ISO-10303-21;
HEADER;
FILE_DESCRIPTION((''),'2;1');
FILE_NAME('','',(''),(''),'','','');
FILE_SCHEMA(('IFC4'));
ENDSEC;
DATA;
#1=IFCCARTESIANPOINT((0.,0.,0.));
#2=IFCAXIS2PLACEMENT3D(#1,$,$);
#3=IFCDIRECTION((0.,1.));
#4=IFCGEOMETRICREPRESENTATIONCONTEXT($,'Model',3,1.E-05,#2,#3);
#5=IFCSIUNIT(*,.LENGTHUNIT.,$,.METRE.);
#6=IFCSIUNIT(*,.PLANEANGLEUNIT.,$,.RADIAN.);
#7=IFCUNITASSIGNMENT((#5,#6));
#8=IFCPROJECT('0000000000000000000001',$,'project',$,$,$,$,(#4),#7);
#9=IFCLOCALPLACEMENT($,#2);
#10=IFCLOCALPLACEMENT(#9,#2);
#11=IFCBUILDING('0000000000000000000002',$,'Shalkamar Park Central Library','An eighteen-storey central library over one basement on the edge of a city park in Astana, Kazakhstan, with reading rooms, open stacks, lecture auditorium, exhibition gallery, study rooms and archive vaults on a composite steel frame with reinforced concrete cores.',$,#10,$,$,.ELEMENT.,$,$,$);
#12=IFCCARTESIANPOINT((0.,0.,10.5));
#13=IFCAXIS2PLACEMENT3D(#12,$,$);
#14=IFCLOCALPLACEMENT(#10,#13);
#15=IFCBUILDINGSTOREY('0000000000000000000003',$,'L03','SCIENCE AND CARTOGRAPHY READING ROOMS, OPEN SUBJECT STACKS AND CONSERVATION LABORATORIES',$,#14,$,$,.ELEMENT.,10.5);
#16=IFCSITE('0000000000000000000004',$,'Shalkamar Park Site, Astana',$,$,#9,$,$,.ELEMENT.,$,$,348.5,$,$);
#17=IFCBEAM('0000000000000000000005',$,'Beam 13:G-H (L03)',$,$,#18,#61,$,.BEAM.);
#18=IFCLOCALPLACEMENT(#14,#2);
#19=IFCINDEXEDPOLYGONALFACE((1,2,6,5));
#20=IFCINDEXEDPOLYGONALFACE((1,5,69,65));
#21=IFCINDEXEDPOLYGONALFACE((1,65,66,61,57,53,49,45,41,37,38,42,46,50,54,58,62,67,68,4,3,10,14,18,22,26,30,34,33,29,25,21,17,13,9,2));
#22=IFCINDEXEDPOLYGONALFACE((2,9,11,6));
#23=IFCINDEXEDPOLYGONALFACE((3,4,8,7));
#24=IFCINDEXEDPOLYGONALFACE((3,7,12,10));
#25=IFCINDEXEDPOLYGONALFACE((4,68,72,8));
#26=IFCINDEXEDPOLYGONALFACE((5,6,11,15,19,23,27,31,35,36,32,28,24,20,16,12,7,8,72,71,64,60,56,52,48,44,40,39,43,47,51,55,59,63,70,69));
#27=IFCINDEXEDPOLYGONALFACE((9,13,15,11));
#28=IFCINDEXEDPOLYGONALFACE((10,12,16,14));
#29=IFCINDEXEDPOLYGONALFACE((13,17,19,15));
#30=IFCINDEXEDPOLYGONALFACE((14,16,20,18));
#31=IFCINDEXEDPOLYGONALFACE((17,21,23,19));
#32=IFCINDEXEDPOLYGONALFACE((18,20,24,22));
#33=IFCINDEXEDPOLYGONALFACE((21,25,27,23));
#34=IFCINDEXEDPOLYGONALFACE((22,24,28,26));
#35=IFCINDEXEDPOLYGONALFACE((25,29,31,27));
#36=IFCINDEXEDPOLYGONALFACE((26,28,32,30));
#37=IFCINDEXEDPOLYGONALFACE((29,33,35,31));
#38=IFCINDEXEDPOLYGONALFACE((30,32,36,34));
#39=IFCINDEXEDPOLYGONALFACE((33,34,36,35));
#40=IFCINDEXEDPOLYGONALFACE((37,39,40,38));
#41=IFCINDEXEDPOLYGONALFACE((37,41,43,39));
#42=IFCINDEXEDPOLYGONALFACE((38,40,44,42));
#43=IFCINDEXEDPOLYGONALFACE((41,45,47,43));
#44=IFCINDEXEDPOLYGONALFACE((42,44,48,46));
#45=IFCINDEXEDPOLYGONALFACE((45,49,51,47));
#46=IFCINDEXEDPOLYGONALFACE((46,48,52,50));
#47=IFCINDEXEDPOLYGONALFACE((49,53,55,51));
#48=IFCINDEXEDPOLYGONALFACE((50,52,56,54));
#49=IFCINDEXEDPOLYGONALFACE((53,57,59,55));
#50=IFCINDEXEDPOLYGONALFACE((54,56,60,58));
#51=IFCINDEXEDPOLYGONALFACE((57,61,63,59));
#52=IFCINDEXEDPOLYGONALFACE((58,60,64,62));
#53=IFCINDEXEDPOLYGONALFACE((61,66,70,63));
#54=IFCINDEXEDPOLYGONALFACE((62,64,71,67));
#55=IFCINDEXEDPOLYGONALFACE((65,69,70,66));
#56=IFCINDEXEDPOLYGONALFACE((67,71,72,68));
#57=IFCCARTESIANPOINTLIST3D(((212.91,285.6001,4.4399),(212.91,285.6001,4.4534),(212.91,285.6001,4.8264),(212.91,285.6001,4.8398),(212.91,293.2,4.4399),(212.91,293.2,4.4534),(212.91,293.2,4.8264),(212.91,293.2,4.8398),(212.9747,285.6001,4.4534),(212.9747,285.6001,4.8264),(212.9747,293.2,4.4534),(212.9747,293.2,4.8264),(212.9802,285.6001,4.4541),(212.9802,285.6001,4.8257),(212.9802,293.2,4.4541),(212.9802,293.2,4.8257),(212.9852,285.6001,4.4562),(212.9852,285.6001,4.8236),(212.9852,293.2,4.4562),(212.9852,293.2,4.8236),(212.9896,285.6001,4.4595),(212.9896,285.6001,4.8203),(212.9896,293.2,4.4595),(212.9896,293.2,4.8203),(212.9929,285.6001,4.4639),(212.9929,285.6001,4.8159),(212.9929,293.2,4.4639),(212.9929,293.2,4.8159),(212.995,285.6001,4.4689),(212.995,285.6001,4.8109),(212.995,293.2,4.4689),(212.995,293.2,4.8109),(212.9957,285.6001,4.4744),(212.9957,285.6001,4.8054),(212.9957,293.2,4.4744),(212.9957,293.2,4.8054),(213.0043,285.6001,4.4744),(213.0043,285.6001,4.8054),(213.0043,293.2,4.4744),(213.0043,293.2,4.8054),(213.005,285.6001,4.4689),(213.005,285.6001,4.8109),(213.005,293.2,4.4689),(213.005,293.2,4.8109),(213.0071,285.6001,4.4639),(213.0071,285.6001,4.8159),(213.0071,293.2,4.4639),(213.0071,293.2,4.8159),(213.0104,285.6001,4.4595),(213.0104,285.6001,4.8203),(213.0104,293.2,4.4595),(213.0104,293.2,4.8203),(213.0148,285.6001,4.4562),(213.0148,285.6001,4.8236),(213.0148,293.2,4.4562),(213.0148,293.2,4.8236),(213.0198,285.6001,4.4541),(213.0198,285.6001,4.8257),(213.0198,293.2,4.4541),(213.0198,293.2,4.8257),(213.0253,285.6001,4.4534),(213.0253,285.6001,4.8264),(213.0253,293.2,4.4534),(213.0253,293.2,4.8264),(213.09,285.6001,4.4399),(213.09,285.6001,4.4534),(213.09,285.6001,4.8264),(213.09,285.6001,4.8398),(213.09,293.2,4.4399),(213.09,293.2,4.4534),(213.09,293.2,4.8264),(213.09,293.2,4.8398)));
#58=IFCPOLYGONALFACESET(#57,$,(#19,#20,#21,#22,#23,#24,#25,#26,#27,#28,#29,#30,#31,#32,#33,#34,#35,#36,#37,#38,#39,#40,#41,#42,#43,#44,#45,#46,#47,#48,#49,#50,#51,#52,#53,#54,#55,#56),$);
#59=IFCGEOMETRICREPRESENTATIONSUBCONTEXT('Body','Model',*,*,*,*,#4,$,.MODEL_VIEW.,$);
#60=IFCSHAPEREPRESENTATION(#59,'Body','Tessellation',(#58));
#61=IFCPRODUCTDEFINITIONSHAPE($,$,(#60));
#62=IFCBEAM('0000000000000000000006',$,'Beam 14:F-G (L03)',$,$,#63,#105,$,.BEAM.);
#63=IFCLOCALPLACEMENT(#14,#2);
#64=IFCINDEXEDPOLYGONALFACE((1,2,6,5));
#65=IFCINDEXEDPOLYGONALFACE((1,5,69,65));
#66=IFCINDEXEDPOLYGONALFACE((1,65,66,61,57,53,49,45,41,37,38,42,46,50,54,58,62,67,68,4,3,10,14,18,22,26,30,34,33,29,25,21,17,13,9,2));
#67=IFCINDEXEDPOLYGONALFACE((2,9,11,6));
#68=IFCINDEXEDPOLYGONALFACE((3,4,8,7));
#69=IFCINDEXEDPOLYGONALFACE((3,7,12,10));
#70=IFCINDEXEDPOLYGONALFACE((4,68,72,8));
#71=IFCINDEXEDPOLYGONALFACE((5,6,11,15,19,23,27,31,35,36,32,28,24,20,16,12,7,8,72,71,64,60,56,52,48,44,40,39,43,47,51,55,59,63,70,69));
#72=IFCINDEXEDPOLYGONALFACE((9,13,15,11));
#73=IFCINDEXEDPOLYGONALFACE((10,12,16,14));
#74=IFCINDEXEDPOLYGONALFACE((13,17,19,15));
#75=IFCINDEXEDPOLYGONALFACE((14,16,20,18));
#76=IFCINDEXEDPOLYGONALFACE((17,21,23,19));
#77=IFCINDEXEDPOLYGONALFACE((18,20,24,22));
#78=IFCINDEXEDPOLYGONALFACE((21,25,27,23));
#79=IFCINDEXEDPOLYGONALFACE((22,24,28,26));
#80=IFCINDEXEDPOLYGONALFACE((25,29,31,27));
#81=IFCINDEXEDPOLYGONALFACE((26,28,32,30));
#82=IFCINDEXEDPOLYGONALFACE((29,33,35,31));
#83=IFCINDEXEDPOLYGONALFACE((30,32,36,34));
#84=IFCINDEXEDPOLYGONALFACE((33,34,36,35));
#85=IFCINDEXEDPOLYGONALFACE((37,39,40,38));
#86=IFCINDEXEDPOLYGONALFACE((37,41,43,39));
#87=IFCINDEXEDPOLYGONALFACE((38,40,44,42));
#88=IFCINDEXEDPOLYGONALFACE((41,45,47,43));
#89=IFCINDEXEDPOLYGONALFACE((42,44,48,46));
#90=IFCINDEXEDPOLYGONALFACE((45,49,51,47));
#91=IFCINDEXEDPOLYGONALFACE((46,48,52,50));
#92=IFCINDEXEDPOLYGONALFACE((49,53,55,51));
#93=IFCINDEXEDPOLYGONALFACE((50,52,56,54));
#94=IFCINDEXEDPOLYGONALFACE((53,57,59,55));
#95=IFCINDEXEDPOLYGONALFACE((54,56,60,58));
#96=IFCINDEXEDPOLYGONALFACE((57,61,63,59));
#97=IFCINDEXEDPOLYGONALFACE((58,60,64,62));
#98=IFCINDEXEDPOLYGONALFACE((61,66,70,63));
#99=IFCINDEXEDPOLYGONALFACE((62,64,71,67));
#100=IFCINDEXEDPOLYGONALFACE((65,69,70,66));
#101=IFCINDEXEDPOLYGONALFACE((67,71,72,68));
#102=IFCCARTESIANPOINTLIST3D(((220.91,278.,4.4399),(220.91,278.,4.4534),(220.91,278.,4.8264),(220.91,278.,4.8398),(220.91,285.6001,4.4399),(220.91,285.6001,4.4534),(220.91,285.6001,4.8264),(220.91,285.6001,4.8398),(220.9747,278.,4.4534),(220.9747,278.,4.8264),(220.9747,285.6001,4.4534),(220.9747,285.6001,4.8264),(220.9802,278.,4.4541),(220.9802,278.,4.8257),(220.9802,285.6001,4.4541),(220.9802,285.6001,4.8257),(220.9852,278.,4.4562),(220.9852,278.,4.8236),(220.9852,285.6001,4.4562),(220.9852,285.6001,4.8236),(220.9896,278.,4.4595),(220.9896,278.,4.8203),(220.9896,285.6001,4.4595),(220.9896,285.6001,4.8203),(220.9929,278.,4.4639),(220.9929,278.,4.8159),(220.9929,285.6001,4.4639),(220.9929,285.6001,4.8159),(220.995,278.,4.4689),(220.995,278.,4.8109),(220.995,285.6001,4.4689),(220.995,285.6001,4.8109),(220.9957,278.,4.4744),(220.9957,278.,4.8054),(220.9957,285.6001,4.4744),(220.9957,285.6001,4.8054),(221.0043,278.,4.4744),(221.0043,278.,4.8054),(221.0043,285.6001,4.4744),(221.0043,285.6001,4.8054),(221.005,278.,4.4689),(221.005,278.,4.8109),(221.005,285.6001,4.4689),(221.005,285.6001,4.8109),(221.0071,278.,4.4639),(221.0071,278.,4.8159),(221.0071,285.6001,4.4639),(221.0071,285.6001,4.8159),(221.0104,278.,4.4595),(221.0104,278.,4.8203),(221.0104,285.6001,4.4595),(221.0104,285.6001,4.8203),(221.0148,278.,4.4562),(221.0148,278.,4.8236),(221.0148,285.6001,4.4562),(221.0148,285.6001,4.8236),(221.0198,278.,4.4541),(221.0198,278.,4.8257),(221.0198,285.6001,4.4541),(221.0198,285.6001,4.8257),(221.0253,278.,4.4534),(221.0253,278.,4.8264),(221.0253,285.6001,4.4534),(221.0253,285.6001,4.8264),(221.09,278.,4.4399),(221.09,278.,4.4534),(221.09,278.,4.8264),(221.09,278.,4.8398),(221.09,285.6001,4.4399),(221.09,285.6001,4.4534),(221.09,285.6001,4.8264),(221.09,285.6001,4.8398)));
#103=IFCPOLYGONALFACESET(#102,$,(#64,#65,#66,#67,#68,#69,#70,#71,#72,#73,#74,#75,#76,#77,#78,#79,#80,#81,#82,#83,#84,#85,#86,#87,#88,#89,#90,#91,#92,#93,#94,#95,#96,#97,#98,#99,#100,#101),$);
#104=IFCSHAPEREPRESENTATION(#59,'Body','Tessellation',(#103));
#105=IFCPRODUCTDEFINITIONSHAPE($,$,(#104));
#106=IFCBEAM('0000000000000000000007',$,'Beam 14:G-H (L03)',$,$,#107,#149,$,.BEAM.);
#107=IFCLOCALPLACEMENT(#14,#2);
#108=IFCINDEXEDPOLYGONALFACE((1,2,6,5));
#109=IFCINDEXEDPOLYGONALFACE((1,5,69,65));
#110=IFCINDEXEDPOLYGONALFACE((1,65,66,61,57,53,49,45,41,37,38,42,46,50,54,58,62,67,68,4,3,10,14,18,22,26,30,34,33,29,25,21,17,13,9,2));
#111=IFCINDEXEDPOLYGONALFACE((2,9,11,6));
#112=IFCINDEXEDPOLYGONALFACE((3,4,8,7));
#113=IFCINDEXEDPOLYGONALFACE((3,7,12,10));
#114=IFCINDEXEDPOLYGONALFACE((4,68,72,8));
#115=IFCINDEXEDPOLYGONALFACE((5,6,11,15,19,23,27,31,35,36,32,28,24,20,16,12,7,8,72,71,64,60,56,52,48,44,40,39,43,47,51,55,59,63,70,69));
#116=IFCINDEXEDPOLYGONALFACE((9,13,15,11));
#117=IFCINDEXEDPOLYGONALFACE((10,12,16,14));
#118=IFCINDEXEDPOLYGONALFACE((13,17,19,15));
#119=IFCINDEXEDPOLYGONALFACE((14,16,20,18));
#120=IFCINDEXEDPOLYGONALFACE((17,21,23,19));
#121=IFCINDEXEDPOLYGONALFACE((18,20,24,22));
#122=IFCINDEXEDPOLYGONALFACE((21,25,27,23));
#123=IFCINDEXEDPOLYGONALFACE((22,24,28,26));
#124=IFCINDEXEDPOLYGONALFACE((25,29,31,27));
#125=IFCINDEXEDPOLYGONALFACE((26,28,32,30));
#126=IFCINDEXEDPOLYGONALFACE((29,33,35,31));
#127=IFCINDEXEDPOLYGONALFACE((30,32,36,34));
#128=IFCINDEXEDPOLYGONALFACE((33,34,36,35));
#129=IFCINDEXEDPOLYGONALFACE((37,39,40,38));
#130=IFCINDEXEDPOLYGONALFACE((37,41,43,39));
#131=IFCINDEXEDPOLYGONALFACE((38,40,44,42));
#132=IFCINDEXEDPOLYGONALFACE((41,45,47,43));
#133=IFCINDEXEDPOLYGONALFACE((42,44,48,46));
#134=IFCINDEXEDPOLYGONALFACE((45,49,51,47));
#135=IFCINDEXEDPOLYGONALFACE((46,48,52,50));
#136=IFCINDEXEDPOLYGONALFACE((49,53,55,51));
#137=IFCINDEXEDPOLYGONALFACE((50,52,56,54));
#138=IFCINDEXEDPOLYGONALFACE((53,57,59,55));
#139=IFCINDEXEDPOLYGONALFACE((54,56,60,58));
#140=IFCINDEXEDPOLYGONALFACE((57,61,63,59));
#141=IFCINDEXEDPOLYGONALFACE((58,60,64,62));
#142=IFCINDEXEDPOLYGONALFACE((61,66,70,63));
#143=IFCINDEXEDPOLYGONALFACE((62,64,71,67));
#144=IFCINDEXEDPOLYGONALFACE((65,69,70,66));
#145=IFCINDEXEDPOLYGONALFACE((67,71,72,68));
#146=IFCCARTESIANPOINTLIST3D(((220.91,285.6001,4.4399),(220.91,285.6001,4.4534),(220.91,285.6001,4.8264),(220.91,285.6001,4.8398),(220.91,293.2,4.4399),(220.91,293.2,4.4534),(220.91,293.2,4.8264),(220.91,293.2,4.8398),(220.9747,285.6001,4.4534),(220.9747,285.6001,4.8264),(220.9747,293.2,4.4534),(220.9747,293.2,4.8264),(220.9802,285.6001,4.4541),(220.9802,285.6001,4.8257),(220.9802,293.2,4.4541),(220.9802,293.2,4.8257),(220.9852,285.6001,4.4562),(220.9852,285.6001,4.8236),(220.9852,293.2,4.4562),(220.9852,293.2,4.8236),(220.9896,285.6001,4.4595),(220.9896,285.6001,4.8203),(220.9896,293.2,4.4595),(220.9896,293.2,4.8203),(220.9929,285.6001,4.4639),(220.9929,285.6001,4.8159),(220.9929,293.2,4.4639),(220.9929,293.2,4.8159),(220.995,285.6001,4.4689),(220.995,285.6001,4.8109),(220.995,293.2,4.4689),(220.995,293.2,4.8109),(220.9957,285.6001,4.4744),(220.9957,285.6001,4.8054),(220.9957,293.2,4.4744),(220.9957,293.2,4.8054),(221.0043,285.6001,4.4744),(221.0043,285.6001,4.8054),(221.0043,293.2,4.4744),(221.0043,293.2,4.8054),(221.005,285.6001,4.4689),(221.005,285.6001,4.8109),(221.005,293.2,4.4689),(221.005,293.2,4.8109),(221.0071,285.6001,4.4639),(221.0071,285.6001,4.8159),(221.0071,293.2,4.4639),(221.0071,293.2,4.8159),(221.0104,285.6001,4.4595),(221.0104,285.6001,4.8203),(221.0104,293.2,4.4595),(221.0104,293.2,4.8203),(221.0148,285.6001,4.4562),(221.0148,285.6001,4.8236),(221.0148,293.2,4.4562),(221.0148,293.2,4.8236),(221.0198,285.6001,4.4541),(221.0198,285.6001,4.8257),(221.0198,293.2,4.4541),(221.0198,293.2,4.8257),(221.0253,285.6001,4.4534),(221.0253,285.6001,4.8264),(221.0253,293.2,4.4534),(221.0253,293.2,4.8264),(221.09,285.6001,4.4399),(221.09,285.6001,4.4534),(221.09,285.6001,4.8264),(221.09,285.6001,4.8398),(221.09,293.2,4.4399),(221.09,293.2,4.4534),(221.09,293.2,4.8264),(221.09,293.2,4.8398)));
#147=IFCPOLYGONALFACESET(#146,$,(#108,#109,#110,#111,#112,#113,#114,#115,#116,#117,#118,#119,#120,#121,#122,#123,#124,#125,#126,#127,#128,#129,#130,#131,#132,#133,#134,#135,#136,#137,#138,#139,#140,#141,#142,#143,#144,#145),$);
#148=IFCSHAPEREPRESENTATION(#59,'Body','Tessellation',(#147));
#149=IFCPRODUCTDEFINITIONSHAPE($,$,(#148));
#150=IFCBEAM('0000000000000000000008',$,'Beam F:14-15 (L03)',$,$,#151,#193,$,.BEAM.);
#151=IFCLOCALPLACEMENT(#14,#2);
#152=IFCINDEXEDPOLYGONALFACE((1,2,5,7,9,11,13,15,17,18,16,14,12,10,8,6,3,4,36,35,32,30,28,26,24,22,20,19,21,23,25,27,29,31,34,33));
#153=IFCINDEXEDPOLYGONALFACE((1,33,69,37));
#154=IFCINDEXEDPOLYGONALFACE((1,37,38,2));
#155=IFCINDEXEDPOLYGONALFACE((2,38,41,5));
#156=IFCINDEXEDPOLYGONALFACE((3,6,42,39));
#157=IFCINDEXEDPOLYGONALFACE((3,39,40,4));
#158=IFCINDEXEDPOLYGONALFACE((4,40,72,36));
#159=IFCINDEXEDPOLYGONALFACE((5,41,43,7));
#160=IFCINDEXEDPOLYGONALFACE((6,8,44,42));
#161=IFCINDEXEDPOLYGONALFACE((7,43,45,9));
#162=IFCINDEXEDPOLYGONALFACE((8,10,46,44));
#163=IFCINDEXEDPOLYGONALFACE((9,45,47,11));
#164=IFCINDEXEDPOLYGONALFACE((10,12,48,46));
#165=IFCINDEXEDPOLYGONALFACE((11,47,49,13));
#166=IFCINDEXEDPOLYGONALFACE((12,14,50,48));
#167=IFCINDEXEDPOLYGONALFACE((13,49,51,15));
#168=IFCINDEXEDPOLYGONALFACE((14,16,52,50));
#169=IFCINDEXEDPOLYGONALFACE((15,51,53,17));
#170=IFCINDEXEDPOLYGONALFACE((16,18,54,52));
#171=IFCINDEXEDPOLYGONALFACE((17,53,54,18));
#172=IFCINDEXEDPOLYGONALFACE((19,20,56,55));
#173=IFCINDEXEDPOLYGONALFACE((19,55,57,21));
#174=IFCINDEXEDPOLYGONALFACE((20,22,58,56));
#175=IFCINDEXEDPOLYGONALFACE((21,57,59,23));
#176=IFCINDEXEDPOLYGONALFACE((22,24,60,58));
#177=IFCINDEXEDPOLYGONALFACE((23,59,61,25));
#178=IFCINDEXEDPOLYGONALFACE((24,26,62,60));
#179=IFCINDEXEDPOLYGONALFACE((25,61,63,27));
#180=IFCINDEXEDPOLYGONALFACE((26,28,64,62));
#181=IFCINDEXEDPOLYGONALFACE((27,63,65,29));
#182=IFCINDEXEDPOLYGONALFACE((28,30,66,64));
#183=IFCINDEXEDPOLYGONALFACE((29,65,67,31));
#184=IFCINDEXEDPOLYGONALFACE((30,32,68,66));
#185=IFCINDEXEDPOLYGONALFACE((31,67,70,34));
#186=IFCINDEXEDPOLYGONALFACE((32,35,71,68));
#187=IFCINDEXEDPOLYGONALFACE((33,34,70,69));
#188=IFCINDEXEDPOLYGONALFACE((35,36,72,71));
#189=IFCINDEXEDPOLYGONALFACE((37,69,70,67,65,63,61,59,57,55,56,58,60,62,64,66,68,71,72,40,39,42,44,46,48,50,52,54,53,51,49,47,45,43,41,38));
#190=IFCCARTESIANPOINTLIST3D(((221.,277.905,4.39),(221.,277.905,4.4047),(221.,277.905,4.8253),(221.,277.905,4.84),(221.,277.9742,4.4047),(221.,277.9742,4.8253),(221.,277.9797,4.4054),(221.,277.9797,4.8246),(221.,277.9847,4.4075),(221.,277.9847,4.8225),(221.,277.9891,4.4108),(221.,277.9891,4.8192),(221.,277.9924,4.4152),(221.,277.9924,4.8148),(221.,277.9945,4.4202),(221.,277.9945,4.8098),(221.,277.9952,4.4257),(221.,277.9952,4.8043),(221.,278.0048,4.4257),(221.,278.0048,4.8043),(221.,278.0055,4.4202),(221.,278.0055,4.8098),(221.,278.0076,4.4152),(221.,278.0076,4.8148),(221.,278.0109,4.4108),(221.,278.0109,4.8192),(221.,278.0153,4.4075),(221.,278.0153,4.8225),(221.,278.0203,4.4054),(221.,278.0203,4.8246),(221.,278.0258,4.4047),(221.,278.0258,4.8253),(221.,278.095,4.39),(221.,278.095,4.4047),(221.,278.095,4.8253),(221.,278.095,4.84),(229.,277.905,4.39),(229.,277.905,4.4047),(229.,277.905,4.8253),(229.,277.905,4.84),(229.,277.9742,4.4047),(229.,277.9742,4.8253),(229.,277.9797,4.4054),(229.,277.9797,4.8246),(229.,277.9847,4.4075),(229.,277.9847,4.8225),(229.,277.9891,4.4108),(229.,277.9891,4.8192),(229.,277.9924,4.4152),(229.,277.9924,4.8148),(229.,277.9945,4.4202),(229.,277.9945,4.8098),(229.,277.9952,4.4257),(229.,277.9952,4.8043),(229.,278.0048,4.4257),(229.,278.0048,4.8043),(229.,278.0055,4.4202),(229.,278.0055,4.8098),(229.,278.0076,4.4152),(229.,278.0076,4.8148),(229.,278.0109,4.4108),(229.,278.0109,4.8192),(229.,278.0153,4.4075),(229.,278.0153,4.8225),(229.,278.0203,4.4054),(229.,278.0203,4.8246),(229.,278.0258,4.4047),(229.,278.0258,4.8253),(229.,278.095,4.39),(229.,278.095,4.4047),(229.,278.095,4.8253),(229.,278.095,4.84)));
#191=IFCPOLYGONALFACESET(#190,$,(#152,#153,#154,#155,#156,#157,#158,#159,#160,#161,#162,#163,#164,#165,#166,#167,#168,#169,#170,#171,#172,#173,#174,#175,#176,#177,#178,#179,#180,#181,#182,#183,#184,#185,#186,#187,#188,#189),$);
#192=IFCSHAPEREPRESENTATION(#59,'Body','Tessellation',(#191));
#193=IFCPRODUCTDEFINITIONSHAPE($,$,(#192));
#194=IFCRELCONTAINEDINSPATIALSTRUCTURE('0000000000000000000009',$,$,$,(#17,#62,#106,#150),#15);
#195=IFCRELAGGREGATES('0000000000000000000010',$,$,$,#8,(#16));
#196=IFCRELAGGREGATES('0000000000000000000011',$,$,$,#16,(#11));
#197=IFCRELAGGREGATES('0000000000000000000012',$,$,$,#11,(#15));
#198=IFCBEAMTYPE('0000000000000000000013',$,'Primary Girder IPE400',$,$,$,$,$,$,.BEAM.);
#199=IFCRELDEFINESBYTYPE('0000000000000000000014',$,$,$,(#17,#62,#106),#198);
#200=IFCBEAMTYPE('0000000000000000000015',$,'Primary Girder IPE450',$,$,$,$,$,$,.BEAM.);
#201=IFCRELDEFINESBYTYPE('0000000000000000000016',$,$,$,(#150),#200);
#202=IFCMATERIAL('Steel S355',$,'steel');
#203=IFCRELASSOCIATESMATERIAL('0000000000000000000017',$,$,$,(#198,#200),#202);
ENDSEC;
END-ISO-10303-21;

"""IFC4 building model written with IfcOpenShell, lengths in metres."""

from ifc_helpers import new_model, si_unit, direction, frame, origin, origin_2d, place, context, subcontext, project, spatial, i_section, extrude, material, material_profile, profile_set, type_object, element, save


model = new_model("IFC4")

# Units and contexts
model_context = context("Model", 3, precision=1e-05, world=origin(), true_north=direction((0.0, 1.0)))
body_context = subcontext(model_context, "Body", "Model", "MODEL_VIEW")
ifc_project = project(units=[si_unit("LENGTHUNIT", "METRE"), si_unit("PLANEANGLEUNIT", "RADIAN")], contexts=[model_context])

# Site, building, storey
site_placement = place(None, origin())
site = spatial("IfcSite", under=ifc_project, at=site_placement, Name="Shalkamar Park Site, Astana", CompositionType="ELEMENT", RefElevation=348.5)
building_placement = place(site_placement, origin())
building = spatial("IfcBuilding", under=site, at=building_placement, Name="Shalkamar Park Central Library", Description="An eighteen-storey central library over one basement on the edge of a city park in Astana, Kazakhstan, with reading rooms, open stacks, lecture auditorium, exhibition gallery, study rooms and archive vaults on a composite steel frame with reinforced concrete cores.", CompositionType="ELEMENT")
storey_placement = place(building_placement, frame((0.0, 0.0, 10.5)))
storey = spatial("IfcBuildingStorey", under=building, at=storey_placement, Name="L03", Description="SCIENCE AND CARTOGRAPHY READING ROOMS, OPEN SUBJECT STACKS AND CONSERVATION LABORATORIES", CompositionType="ELEMENT", Elevation=10.5)

# Shared definitions
ifc_material = material(Name="Steel S355", Category="steel")

# Beams
ifc_material_profile_1 = material_profile(ifc_material, i_section(OverallWidth=0.1799, OverallDepth=0.3999, WebThickness=0.0085, FlangeThickness=0.0134, FilletRadius=0.021, at=origin_2d()), Name="IPE 400")
ifc_profile_set_1 = profile_set([ifc_material_profile_1], Name="Steel S355")
beam_type_1 = type_object("IfcBeamType", Name="Primary Girder IPE400", PredefinedType="BEAM", material=ifc_profile_set_1)
beam_1_placement = place(storey_placement, frame((213.0, 285.6001, 4.6399), z_axis=(0.0, 1.0, 0.0), x_axis=(-1.0, 0.0, 0.0)))
element("IfcBeam", 1, at=beam_1_placement, inside=storey, type_object=beam_type_1, Name="Beam 13:G-H (L03)", PredefinedType="BEAM", context=body_context, shape_type="SweptSolid", body=[
    extrude(i_section(OverallWidth=0.1799, OverallDepth=0.3999, WebThickness=0.0085, FlangeThickness=0.0134, FilletRadius=0.021, at=origin_2d()), origin(), (0.0, 0.0, 1.0), 7.5999),
])
beam_2_placement = place(storey_placement, frame((221.0, 278.0, 4.6399), z_axis=(0.0, 1.0, 0.0), x_axis=(-1.0, 0.0, 0.0)))
element("IfcBeam", 2, at=beam_2_placement, inside=storey, type_object=beam_type_1, Name="Beam 14:F-G (L03)", PredefinedType="BEAM", context=body_context, shape_type="SweptSolid", body=[
    extrude(i_section(OverallWidth=0.1799, OverallDepth=0.3999, WebThickness=0.0085, FlangeThickness=0.0134, FilletRadius=0.021, at=origin_2d()), origin(), (0.0, 0.0, 1.0), 7.6001),
])
beam_3_placement = place(storey_placement, frame((221.0, 285.6001, 4.6399), z_axis=(0.0, 1.0, 0.0), x_axis=(-1.0, 0.0, 0.0)))
element("IfcBeam", 3, at=beam_3_placement, inside=storey, type_object=beam_type_1, Name="Beam 14:G-H (L03)", PredefinedType="BEAM", context=body_context, shape_type="SweptSolid", body=[
    extrude(i_section(OverallWidth=0.1799, OverallDepth=0.3999, WebThickness=0.0085, FlangeThickness=0.0134, FilletRadius=0.021, at=origin_2d()), origin(), (0.0, 0.0, 1.0), 7.5999),
])
ifc_material_profile_2 = material_profile(ifc_material, i_section(OverallWidth=0.1899, OverallDepth=0.45, WebThickness=0.0095, FlangeThickness=0.0146, FilletRadius=0.021, at=origin_2d()), Name="IPE 450")
ifc_profile_set_2 = profile_set([ifc_material_profile_2], Name="Steel S355")
beam_type_2 = type_object("IfcBeamType", Name="Primary Girder IPE450", PredefinedType="BEAM", material=ifc_profile_set_2)
for number, where, z_axis, x_axis, name in (
    (4, (221.0, 278.0, 4.615), (1.0, 0.0, 0.0), (0.0, 1.0, 0.0), "Beam F:14-15 (L03)"),
):
    element("IfcBeam", number, at=place(storey_placement, frame(where, z_axis=z_axis, x_axis=x_axis)), inside=storey, type_object=beam_type_2, Name=name, PredefinedType="BEAM", context=body_context, shape_type="SweptSolid", body=[
        extrude(i_section(OverallWidth=0.1899, OverallDepth=0.45, WebThickness=0.0095, FlangeThickness=0.0146, FilletRadius=0.021, at=origin_2d()), origin(), (0.0, 0.0, 1.0), 8.0),
    ])

save(model, "model.ifc")
